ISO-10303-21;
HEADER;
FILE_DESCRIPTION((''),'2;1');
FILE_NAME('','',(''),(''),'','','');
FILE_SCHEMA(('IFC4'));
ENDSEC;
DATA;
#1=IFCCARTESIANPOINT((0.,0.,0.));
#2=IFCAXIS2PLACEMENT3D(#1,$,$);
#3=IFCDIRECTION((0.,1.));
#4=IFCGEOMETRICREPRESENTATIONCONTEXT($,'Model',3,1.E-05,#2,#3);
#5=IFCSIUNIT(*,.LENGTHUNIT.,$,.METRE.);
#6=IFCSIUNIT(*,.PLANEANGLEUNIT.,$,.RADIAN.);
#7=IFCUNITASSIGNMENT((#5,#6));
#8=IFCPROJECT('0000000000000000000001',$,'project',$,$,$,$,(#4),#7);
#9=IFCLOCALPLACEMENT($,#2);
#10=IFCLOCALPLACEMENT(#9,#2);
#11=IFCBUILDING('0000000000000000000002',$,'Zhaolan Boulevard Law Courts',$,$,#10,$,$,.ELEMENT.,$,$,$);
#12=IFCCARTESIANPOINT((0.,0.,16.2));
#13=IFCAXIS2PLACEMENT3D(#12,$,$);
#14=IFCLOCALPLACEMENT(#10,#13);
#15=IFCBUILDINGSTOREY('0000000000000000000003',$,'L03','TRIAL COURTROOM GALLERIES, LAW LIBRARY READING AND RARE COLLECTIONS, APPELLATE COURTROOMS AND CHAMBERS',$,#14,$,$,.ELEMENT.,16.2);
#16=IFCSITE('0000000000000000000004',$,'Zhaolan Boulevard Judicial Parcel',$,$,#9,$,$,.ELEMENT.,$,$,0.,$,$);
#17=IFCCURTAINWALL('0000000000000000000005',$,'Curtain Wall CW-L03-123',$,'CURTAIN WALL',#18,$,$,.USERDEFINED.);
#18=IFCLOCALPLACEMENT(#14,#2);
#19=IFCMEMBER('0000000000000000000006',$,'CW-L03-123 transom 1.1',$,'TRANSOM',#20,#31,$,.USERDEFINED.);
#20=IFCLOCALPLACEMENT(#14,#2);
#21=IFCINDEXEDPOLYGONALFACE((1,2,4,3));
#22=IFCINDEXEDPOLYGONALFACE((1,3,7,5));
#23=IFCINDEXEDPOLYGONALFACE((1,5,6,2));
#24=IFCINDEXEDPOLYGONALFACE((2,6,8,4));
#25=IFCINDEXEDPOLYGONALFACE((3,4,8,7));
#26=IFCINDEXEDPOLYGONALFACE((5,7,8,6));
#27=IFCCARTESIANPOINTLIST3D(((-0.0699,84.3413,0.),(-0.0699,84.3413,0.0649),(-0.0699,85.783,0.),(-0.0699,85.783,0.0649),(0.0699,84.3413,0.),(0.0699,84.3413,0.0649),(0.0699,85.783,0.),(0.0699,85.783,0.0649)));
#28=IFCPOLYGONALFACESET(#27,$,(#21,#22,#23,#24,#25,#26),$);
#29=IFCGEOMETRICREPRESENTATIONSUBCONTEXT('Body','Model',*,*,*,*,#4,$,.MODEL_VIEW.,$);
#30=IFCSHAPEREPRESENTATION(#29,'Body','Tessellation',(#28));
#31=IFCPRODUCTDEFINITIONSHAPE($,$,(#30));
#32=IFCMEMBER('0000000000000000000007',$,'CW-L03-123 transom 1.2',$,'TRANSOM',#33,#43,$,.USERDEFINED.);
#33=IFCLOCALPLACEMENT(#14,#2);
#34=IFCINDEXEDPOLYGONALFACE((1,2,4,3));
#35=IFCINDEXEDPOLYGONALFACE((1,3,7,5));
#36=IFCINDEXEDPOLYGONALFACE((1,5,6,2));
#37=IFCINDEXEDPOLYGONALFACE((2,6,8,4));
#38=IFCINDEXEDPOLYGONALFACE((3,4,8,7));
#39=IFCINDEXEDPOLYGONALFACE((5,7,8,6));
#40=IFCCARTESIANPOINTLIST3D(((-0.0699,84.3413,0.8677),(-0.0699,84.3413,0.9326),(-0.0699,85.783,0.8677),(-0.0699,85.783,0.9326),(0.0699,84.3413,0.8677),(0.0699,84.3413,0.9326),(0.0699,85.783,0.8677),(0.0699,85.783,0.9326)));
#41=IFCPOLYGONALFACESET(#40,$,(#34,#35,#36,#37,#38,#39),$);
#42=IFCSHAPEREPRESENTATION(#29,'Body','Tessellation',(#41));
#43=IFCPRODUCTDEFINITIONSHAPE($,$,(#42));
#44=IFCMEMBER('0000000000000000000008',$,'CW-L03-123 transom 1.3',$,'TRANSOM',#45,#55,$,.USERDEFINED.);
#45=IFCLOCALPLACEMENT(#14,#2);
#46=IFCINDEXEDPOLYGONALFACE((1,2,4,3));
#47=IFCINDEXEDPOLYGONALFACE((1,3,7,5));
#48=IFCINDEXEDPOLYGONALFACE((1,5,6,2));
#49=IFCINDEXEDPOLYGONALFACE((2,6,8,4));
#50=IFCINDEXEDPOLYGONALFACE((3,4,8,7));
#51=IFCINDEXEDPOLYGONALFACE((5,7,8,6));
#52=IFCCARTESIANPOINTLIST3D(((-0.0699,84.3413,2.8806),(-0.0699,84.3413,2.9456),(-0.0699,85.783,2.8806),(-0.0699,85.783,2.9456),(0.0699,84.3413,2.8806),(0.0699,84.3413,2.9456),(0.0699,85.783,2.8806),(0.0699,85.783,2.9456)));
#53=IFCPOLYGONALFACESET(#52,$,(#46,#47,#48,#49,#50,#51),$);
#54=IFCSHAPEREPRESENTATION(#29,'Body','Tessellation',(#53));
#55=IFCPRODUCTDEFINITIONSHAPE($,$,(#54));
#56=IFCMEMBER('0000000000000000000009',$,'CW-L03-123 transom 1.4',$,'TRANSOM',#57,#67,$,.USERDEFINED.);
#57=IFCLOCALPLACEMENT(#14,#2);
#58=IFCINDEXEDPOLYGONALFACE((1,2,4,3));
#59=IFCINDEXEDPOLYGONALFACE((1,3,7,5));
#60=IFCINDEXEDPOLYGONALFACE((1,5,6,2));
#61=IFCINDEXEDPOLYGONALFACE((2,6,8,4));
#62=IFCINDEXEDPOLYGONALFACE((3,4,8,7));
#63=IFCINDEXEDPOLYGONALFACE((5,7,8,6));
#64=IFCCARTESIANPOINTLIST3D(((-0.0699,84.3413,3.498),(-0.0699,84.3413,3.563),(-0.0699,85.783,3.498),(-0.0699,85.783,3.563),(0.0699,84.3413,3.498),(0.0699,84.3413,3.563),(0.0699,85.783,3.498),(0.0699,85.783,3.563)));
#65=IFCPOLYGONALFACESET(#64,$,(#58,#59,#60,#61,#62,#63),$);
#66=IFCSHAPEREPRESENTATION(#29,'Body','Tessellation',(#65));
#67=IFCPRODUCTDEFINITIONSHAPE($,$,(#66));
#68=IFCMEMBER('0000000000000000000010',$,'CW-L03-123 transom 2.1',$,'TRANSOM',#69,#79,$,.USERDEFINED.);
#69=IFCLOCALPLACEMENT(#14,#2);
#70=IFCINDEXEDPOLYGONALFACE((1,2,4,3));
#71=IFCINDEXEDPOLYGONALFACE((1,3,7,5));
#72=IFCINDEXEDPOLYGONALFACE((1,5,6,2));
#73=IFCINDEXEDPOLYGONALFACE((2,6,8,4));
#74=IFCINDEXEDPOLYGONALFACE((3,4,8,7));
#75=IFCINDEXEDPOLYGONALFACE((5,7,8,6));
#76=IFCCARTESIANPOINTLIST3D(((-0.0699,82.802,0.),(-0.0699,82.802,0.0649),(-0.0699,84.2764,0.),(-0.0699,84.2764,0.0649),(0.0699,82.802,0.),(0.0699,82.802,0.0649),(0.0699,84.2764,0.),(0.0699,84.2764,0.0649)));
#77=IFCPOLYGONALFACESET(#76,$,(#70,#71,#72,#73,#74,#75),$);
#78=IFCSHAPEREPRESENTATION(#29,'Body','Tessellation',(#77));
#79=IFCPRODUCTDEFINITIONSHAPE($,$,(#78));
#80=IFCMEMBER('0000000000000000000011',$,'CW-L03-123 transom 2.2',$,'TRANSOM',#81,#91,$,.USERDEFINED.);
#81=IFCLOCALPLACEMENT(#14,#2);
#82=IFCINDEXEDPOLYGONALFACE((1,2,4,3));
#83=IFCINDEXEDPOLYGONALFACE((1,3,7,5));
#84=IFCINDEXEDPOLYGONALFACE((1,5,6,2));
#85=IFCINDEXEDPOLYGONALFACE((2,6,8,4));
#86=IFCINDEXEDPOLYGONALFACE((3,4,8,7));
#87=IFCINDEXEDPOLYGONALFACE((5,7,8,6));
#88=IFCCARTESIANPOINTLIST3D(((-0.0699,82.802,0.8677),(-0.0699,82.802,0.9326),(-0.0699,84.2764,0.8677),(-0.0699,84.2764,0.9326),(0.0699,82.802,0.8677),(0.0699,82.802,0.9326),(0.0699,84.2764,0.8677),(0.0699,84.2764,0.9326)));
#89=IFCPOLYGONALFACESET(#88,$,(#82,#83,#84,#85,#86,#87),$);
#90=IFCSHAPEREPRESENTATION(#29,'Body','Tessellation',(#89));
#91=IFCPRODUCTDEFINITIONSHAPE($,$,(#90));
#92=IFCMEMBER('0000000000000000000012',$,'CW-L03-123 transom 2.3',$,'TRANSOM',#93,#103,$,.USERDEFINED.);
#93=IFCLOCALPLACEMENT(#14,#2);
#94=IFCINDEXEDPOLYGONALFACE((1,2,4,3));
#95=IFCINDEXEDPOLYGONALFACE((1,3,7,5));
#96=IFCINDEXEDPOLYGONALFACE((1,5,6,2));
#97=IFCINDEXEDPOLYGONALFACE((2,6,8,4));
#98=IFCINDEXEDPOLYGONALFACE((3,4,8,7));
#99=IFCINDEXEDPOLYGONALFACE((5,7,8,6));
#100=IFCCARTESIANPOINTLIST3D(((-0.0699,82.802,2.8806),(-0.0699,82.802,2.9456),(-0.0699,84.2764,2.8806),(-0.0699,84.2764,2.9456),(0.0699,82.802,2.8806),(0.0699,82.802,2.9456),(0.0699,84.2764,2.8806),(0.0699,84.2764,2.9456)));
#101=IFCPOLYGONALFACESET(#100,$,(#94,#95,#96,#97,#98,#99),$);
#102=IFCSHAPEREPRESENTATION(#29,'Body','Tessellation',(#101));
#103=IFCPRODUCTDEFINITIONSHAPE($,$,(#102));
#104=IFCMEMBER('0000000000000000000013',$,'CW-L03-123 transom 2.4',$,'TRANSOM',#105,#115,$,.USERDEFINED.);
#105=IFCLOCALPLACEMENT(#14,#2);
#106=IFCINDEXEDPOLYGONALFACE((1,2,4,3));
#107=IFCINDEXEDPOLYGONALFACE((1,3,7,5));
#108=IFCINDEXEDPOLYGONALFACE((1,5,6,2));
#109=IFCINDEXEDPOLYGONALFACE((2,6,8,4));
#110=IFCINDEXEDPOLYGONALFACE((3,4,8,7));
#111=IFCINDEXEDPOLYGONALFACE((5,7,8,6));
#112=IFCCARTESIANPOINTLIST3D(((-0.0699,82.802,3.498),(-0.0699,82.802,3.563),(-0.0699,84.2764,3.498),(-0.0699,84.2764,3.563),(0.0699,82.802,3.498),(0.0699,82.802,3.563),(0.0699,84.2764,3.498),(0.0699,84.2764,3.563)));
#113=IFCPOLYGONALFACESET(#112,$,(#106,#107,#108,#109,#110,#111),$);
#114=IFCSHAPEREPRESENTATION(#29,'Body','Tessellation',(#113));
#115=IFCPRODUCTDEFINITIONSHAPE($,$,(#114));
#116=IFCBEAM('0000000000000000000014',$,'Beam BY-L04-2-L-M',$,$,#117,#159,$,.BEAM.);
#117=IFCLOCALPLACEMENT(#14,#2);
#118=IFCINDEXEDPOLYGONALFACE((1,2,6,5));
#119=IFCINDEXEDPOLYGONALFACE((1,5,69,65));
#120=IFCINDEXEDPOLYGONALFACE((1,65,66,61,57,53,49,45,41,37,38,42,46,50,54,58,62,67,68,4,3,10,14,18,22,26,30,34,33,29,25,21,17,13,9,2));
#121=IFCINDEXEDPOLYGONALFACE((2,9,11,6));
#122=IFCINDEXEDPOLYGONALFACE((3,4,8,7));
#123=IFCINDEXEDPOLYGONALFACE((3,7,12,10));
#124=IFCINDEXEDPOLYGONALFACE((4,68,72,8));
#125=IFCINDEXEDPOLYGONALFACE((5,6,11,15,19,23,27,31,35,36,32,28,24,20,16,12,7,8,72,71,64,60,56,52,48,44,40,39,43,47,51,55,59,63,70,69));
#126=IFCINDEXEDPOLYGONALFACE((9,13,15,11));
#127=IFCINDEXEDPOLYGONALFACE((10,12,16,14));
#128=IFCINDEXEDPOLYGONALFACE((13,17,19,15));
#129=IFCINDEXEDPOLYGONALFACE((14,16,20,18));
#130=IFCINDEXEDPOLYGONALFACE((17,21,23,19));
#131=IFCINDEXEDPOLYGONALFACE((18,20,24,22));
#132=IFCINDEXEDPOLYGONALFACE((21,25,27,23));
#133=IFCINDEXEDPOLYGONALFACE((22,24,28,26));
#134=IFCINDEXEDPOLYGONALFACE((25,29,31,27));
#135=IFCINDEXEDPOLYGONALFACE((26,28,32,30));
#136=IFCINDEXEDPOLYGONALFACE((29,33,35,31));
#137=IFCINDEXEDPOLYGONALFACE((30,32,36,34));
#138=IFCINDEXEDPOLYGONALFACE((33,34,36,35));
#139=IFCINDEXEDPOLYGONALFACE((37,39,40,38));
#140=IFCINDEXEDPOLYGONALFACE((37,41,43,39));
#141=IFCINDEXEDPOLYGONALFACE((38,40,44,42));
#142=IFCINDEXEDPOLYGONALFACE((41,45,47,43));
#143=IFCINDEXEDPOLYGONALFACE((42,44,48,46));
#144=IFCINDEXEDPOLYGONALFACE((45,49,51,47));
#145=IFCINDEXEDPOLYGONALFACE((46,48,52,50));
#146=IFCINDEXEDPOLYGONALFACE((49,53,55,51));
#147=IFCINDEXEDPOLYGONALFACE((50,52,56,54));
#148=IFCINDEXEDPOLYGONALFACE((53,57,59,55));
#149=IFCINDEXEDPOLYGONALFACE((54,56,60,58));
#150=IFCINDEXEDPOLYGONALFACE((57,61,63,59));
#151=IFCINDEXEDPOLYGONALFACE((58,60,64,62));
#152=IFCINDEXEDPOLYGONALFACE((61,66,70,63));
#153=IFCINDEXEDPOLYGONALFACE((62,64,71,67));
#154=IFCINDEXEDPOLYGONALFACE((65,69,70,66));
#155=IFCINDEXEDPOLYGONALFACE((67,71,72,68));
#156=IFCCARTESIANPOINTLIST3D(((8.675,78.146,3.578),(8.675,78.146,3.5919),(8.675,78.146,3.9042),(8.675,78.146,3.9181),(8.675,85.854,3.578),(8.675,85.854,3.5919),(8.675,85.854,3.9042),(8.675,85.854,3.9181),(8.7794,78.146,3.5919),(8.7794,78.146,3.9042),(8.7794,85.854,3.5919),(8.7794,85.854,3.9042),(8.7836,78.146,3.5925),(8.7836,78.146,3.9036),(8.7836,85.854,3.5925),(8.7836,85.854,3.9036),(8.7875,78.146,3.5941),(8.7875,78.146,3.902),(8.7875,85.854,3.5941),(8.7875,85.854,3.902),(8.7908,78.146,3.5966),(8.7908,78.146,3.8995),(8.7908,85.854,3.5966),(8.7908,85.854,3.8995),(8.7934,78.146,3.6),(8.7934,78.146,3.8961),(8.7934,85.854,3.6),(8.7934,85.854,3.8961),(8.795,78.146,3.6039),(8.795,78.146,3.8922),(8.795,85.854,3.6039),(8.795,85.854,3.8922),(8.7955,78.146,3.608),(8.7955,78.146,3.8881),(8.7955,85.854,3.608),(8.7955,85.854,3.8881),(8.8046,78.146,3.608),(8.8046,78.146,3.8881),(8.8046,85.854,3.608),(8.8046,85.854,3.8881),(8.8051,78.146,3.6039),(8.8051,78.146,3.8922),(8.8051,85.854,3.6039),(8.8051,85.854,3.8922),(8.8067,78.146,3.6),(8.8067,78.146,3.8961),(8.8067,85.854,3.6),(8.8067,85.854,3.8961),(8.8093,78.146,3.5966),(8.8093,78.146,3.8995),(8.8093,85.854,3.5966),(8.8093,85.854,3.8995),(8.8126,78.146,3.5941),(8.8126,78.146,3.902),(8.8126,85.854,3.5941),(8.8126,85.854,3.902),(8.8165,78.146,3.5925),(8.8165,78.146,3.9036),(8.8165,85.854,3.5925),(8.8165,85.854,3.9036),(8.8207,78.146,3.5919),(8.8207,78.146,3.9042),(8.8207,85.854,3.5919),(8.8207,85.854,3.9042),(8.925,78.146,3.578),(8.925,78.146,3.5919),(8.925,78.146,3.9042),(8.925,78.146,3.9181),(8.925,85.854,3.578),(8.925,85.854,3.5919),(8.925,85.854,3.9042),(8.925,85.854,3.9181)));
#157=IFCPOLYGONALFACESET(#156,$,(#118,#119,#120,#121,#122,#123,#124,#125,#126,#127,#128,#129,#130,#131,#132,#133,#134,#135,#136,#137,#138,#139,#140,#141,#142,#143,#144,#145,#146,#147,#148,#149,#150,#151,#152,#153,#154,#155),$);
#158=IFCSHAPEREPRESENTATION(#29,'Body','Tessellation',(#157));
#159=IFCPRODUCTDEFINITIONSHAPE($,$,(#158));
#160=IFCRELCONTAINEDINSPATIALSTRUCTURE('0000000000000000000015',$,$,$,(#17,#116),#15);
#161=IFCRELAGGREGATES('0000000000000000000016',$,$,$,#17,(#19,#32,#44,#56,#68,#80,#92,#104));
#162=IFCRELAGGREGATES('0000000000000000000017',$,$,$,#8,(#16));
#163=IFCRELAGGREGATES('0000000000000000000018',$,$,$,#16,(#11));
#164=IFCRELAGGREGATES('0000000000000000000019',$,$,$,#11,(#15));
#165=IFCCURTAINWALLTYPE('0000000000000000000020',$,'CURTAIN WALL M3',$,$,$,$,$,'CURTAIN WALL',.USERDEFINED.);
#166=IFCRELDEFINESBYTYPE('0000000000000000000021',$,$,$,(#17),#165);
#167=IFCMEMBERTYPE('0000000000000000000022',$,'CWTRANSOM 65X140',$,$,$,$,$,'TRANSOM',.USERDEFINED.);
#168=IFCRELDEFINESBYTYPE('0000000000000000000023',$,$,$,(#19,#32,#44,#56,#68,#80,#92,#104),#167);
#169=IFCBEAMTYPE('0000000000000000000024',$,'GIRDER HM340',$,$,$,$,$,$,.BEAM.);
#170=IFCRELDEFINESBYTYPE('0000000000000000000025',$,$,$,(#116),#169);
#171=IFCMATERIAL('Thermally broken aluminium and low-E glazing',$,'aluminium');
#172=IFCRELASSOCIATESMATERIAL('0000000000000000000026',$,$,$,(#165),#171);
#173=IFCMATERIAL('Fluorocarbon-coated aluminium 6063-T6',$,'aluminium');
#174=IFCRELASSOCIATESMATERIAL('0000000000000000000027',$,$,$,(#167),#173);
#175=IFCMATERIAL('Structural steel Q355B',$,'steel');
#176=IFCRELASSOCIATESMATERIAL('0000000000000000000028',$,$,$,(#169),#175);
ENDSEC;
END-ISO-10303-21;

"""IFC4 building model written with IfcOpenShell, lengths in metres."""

from ifc_helpers import new_model, si_unit, direction, frame, origin, origin_2d, place, context, subcontext, project, spatial, rectangle, i_section, extrude, material, material_profile, profile_set, type_object, element, aggregate, save


model = new_model("IFC4")

# Units and contexts
model_context = context("Model", 3, precision=1e-05, world=origin(), true_north=direction((0.0, 1.0)))
body_context = subcontext(model_context, "Body", "Model", "MODEL_VIEW")
ifc_project = project(units=[si_unit("LENGTHUNIT", "METRE"), si_unit("PLANEANGLEUNIT", "RADIAN")], contexts=[model_context])

# Site, building, storey
site_placement = place(None, origin())
site = spatial("IfcSite", under=ifc_project, at=site_placement, Name="Zhaolan Boulevard Judicial Parcel", CompositionType="ELEMENT", RefElevation=0.0)
building_placement = place(site_placement, origin())
building = spatial("IfcBuilding", under=site, at=building_placement, Name="Zhaolan Boulevard Law Courts", CompositionType="ELEMENT")
storey_placement = place(building_placement, frame((0.0, 0.0, 16.2)))
storey = spatial("IfcBuildingStorey", under=building, at=storey_placement, Name="L03", Description="TRIAL COURTROOM GALLERIES, LAW LIBRARY READING AND RARE COLLECTIONS, APPELLATE COURTROOMS AND CHAMBERS", CompositionType="ELEMENT", Elevation=16.2)

# Curtain wall, members
ifc_material_1 = material(Name="Thermally broken aluminium and low-E glazing", Category="aluminium")
curtain_wall_type = type_object("IfcCurtainWallType", Name="CURTAIN WALL M3", ElementType="CURTAIN WALL", PredefinedType="USERDEFINED", material=ifc_material_1)
curtain_wall_placement = place(storey_placement, origin())
curtain_wall = element("IfcCurtainWall", 1, at=curtain_wall_placement, inside=storey, type_object=curtain_wall_type, Name="Curtain Wall CW-L03-123", ObjectType="CURTAIN WALL", PredefinedType="USERDEFINED")
ifc_material_2 = material(Name="Fluorocarbon-coated aluminium 6063-T6", Category="aluminium")
ifc_material_profile_1 = material_profile(ifc_material_2, rectangle(XDim=0.1399, YDim=0.0649, at=origin_2d()), Name="AL65x140")
ifc_profile_set_1 = profile_set([ifc_material_profile_1], Name="Fluorocarbon-coated aluminium 6063-T6")
member_type_1 = type_object("IfcMemberType", Name="CWTRANSOM 65X140", ElementType="TRANSOM", PredefinedType="USERDEFINED", material=ifc_profile_set_1)
member_1_placement = place(storey_placement, frame((0.0, 85.783, 0.0325), z_axis=(0.0, -1.0, 0.0), x_axis=(1.0, 0.0, 0.0)))
member_1 = element("IfcMember", 2, at=member_1_placement, type_object=member_type_1, Name="CW-L03-123 transom 1.1", ObjectType="TRANSOM", PredefinedType="USERDEFINED", context=body_context, shape_type="SweptSolid", body=[
    extrude(rectangle(XDim=0.1399, YDim=0.0649, at=origin_2d()), origin(), (0.0, 0.0, 1.0), 1.4417),
])
member_2_placement = place(storey_placement, frame((0.0, 85.783, 0.9001), z_axis=(0.0, -1.0, 0.0), x_axis=(1.0, 0.0, 0.0)))
member_2 = element("IfcMember", 3, at=member_2_placement, type_object=member_type_1, Name="CW-L03-123 transom 1.2", ObjectType="TRANSOM", PredefinedType="USERDEFINED", context=body_context, shape_type="SweptSolid", body=[
    extrude(rectangle(XDim=0.1399, YDim=0.0649, at=origin_2d()), origin(), (0.0, 0.0, 1.0), 1.4417),
])
member_3_placement = place(storey_placement, frame((0.0, 85.783, 2.9131), z_axis=(0.0, -1.0, 0.0), x_axis=(1.0, 0.0, 0.0)))
member_3 = element("IfcMember", 4, at=member_3_placement, type_object=member_type_1, Name="CW-L03-123 transom 1.3", ObjectType="TRANSOM", PredefinedType="USERDEFINED", context=body_context, shape_type="SweptSolid", body=[
    extrude(rectangle(XDim=0.1399, YDim=0.0649, at=origin_2d()), origin(), (0.0, 0.0, 1.0), 1.4417),
])
member_4_placement = place(storey_placement, frame((0.0, 85.783, 3.5305), z_axis=(0.0, -1.0, 0.0), x_axis=(1.0, 0.0, 0.0)))
member_4 = element("IfcMember", 5, at=member_4_placement, type_object=member_type_1, Name="CW-L03-123 transom 1.4", ObjectType="TRANSOM", PredefinedType="USERDEFINED", context=body_context, shape_type="SweptSolid", body=[
    extrude(rectangle(XDim=0.1399, YDim=0.0649, at=origin_2d()), origin(), (0.0, 0.0, 1.0), 1.4417),
])
member_5_placement = place(storey_placement, frame((0.0, 84.2764, 0.0325), z_axis=(0.0, -1.0, 0.0), x_axis=(1.0, 0.0, 0.0)))
member_5 = element("IfcMember", 6, at=member_5_placement, type_object=member_type_1, Name="CW-L03-123 transom 2.1", ObjectType="TRANSOM", PredefinedType="USERDEFINED", context=body_context, shape_type="SweptSolid", body=[
    extrude(rectangle(XDim=0.1399, YDim=0.0649, at=origin_2d()), origin(), (0.0, 0.0, 1.0), 1.4744),
])
member_6_placement = place(storey_placement, frame((0.0, 84.2764, 0.9001), z_axis=(0.0, -1.0, 0.0), x_axis=(1.0, 0.0, 0.0)))
member_6 = element("IfcMember", 7, at=member_6_placement, type_object=member_type_1, Name="CW-L03-123 transom 2.2", ObjectType="TRANSOM", PredefinedType="USERDEFINED", context=body_context, shape_type="SweptSolid", body=[
    extrude(rectangle(XDim=0.1399, YDim=0.0649, at=origin_2d()), origin(), (0.0, 0.0, 1.0), 1.4744),
])
member_7_placement = place(storey_placement, frame((0.0, 84.2764, 2.9131), z_axis=(0.0, -1.0, 0.0), x_axis=(1.0, 0.0, 0.0)))
member_7 = element("IfcMember", 8, at=member_7_placement, type_object=member_type_1, Name="CW-L03-123 transom 2.3", ObjectType="TRANSOM", PredefinedType="USERDEFINED", context=body_context, shape_type="SweptSolid", body=[
    extrude(rectangle(XDim=0.1399, YDim=0.0649, at=origin_2d()), origin(), (0.0, 0.0, 1.0), 1.4744),
])
member_8_placement = place(storey_placement, frame((0.0, 84.2764, 3.5305), z_axis=(0.0, -1.0, 0.0), x_axis=(1.0, 0.0, 0.0)))
member_8 = element("IfcMember", 9, at=member_8_placement, type_object=member_type_1, Name="CW-L03-123 transom 2.4", ObjectType="TRANSOM", PredefinedType="USERDEFINED", context=body_context, shape_type="SweptSolid", body=[
    extrude(rectangle(XDim=0.1399, YDim=0.0649, at=origin_2d()), origin(), (0.0, 0.0, 1.0), 1.4744),
])

# Beam
ifc_material_3 = material(Name="Structural steel Q355B", Category="steel")
ifc_material_profile_2 = material_profile(ifc_material_3, i_section(OverallWidth=0.25, OverallDepth=0.3401, WebThickness=0.009, FlangeThickness=0.0139, FilletRadius=0.0161, at=origin_2d()), Name="HM340x250")
ifc_profile_set_2 = profile_set([ifc_material_profile_2], Name="Structural steel Q355B")
beam_type_1 = type_object("IfcBeamType", Name="GIRDER HM340", PredefinedType="BEAM", material=ifc_profile_set_2)
beam_1_placement = place(storey_placement, frame((8.8, 78.146, 3.748), z_axis=(0.0, 1.0, 0.0), x_axis=(-1.0, 0.0, 0.0)))
element("IfcBeam", 10, at=beam_1_placement, inside=storey, type_object=beam_type_1, Name="Beam BY-L04-2-L-M", PredefinedType="BEAM", context=body_context, shape_type="SweptSolid", body=[
    extrude(i_section(OverallWidth=0.25, OverallDepth=0.3401, WebThickness=0.009, FlangeThickness=0.0139, FilletRadius=0.0161, at=origin_2d()), origin(), (0.0, 0.0, 1.0), 7.708),
])

aggregate(curtain_wall, [member_1, member_2, member_3, member_4, member_5, member_6, member_7, member_8])

save(model, "model.ifc")
